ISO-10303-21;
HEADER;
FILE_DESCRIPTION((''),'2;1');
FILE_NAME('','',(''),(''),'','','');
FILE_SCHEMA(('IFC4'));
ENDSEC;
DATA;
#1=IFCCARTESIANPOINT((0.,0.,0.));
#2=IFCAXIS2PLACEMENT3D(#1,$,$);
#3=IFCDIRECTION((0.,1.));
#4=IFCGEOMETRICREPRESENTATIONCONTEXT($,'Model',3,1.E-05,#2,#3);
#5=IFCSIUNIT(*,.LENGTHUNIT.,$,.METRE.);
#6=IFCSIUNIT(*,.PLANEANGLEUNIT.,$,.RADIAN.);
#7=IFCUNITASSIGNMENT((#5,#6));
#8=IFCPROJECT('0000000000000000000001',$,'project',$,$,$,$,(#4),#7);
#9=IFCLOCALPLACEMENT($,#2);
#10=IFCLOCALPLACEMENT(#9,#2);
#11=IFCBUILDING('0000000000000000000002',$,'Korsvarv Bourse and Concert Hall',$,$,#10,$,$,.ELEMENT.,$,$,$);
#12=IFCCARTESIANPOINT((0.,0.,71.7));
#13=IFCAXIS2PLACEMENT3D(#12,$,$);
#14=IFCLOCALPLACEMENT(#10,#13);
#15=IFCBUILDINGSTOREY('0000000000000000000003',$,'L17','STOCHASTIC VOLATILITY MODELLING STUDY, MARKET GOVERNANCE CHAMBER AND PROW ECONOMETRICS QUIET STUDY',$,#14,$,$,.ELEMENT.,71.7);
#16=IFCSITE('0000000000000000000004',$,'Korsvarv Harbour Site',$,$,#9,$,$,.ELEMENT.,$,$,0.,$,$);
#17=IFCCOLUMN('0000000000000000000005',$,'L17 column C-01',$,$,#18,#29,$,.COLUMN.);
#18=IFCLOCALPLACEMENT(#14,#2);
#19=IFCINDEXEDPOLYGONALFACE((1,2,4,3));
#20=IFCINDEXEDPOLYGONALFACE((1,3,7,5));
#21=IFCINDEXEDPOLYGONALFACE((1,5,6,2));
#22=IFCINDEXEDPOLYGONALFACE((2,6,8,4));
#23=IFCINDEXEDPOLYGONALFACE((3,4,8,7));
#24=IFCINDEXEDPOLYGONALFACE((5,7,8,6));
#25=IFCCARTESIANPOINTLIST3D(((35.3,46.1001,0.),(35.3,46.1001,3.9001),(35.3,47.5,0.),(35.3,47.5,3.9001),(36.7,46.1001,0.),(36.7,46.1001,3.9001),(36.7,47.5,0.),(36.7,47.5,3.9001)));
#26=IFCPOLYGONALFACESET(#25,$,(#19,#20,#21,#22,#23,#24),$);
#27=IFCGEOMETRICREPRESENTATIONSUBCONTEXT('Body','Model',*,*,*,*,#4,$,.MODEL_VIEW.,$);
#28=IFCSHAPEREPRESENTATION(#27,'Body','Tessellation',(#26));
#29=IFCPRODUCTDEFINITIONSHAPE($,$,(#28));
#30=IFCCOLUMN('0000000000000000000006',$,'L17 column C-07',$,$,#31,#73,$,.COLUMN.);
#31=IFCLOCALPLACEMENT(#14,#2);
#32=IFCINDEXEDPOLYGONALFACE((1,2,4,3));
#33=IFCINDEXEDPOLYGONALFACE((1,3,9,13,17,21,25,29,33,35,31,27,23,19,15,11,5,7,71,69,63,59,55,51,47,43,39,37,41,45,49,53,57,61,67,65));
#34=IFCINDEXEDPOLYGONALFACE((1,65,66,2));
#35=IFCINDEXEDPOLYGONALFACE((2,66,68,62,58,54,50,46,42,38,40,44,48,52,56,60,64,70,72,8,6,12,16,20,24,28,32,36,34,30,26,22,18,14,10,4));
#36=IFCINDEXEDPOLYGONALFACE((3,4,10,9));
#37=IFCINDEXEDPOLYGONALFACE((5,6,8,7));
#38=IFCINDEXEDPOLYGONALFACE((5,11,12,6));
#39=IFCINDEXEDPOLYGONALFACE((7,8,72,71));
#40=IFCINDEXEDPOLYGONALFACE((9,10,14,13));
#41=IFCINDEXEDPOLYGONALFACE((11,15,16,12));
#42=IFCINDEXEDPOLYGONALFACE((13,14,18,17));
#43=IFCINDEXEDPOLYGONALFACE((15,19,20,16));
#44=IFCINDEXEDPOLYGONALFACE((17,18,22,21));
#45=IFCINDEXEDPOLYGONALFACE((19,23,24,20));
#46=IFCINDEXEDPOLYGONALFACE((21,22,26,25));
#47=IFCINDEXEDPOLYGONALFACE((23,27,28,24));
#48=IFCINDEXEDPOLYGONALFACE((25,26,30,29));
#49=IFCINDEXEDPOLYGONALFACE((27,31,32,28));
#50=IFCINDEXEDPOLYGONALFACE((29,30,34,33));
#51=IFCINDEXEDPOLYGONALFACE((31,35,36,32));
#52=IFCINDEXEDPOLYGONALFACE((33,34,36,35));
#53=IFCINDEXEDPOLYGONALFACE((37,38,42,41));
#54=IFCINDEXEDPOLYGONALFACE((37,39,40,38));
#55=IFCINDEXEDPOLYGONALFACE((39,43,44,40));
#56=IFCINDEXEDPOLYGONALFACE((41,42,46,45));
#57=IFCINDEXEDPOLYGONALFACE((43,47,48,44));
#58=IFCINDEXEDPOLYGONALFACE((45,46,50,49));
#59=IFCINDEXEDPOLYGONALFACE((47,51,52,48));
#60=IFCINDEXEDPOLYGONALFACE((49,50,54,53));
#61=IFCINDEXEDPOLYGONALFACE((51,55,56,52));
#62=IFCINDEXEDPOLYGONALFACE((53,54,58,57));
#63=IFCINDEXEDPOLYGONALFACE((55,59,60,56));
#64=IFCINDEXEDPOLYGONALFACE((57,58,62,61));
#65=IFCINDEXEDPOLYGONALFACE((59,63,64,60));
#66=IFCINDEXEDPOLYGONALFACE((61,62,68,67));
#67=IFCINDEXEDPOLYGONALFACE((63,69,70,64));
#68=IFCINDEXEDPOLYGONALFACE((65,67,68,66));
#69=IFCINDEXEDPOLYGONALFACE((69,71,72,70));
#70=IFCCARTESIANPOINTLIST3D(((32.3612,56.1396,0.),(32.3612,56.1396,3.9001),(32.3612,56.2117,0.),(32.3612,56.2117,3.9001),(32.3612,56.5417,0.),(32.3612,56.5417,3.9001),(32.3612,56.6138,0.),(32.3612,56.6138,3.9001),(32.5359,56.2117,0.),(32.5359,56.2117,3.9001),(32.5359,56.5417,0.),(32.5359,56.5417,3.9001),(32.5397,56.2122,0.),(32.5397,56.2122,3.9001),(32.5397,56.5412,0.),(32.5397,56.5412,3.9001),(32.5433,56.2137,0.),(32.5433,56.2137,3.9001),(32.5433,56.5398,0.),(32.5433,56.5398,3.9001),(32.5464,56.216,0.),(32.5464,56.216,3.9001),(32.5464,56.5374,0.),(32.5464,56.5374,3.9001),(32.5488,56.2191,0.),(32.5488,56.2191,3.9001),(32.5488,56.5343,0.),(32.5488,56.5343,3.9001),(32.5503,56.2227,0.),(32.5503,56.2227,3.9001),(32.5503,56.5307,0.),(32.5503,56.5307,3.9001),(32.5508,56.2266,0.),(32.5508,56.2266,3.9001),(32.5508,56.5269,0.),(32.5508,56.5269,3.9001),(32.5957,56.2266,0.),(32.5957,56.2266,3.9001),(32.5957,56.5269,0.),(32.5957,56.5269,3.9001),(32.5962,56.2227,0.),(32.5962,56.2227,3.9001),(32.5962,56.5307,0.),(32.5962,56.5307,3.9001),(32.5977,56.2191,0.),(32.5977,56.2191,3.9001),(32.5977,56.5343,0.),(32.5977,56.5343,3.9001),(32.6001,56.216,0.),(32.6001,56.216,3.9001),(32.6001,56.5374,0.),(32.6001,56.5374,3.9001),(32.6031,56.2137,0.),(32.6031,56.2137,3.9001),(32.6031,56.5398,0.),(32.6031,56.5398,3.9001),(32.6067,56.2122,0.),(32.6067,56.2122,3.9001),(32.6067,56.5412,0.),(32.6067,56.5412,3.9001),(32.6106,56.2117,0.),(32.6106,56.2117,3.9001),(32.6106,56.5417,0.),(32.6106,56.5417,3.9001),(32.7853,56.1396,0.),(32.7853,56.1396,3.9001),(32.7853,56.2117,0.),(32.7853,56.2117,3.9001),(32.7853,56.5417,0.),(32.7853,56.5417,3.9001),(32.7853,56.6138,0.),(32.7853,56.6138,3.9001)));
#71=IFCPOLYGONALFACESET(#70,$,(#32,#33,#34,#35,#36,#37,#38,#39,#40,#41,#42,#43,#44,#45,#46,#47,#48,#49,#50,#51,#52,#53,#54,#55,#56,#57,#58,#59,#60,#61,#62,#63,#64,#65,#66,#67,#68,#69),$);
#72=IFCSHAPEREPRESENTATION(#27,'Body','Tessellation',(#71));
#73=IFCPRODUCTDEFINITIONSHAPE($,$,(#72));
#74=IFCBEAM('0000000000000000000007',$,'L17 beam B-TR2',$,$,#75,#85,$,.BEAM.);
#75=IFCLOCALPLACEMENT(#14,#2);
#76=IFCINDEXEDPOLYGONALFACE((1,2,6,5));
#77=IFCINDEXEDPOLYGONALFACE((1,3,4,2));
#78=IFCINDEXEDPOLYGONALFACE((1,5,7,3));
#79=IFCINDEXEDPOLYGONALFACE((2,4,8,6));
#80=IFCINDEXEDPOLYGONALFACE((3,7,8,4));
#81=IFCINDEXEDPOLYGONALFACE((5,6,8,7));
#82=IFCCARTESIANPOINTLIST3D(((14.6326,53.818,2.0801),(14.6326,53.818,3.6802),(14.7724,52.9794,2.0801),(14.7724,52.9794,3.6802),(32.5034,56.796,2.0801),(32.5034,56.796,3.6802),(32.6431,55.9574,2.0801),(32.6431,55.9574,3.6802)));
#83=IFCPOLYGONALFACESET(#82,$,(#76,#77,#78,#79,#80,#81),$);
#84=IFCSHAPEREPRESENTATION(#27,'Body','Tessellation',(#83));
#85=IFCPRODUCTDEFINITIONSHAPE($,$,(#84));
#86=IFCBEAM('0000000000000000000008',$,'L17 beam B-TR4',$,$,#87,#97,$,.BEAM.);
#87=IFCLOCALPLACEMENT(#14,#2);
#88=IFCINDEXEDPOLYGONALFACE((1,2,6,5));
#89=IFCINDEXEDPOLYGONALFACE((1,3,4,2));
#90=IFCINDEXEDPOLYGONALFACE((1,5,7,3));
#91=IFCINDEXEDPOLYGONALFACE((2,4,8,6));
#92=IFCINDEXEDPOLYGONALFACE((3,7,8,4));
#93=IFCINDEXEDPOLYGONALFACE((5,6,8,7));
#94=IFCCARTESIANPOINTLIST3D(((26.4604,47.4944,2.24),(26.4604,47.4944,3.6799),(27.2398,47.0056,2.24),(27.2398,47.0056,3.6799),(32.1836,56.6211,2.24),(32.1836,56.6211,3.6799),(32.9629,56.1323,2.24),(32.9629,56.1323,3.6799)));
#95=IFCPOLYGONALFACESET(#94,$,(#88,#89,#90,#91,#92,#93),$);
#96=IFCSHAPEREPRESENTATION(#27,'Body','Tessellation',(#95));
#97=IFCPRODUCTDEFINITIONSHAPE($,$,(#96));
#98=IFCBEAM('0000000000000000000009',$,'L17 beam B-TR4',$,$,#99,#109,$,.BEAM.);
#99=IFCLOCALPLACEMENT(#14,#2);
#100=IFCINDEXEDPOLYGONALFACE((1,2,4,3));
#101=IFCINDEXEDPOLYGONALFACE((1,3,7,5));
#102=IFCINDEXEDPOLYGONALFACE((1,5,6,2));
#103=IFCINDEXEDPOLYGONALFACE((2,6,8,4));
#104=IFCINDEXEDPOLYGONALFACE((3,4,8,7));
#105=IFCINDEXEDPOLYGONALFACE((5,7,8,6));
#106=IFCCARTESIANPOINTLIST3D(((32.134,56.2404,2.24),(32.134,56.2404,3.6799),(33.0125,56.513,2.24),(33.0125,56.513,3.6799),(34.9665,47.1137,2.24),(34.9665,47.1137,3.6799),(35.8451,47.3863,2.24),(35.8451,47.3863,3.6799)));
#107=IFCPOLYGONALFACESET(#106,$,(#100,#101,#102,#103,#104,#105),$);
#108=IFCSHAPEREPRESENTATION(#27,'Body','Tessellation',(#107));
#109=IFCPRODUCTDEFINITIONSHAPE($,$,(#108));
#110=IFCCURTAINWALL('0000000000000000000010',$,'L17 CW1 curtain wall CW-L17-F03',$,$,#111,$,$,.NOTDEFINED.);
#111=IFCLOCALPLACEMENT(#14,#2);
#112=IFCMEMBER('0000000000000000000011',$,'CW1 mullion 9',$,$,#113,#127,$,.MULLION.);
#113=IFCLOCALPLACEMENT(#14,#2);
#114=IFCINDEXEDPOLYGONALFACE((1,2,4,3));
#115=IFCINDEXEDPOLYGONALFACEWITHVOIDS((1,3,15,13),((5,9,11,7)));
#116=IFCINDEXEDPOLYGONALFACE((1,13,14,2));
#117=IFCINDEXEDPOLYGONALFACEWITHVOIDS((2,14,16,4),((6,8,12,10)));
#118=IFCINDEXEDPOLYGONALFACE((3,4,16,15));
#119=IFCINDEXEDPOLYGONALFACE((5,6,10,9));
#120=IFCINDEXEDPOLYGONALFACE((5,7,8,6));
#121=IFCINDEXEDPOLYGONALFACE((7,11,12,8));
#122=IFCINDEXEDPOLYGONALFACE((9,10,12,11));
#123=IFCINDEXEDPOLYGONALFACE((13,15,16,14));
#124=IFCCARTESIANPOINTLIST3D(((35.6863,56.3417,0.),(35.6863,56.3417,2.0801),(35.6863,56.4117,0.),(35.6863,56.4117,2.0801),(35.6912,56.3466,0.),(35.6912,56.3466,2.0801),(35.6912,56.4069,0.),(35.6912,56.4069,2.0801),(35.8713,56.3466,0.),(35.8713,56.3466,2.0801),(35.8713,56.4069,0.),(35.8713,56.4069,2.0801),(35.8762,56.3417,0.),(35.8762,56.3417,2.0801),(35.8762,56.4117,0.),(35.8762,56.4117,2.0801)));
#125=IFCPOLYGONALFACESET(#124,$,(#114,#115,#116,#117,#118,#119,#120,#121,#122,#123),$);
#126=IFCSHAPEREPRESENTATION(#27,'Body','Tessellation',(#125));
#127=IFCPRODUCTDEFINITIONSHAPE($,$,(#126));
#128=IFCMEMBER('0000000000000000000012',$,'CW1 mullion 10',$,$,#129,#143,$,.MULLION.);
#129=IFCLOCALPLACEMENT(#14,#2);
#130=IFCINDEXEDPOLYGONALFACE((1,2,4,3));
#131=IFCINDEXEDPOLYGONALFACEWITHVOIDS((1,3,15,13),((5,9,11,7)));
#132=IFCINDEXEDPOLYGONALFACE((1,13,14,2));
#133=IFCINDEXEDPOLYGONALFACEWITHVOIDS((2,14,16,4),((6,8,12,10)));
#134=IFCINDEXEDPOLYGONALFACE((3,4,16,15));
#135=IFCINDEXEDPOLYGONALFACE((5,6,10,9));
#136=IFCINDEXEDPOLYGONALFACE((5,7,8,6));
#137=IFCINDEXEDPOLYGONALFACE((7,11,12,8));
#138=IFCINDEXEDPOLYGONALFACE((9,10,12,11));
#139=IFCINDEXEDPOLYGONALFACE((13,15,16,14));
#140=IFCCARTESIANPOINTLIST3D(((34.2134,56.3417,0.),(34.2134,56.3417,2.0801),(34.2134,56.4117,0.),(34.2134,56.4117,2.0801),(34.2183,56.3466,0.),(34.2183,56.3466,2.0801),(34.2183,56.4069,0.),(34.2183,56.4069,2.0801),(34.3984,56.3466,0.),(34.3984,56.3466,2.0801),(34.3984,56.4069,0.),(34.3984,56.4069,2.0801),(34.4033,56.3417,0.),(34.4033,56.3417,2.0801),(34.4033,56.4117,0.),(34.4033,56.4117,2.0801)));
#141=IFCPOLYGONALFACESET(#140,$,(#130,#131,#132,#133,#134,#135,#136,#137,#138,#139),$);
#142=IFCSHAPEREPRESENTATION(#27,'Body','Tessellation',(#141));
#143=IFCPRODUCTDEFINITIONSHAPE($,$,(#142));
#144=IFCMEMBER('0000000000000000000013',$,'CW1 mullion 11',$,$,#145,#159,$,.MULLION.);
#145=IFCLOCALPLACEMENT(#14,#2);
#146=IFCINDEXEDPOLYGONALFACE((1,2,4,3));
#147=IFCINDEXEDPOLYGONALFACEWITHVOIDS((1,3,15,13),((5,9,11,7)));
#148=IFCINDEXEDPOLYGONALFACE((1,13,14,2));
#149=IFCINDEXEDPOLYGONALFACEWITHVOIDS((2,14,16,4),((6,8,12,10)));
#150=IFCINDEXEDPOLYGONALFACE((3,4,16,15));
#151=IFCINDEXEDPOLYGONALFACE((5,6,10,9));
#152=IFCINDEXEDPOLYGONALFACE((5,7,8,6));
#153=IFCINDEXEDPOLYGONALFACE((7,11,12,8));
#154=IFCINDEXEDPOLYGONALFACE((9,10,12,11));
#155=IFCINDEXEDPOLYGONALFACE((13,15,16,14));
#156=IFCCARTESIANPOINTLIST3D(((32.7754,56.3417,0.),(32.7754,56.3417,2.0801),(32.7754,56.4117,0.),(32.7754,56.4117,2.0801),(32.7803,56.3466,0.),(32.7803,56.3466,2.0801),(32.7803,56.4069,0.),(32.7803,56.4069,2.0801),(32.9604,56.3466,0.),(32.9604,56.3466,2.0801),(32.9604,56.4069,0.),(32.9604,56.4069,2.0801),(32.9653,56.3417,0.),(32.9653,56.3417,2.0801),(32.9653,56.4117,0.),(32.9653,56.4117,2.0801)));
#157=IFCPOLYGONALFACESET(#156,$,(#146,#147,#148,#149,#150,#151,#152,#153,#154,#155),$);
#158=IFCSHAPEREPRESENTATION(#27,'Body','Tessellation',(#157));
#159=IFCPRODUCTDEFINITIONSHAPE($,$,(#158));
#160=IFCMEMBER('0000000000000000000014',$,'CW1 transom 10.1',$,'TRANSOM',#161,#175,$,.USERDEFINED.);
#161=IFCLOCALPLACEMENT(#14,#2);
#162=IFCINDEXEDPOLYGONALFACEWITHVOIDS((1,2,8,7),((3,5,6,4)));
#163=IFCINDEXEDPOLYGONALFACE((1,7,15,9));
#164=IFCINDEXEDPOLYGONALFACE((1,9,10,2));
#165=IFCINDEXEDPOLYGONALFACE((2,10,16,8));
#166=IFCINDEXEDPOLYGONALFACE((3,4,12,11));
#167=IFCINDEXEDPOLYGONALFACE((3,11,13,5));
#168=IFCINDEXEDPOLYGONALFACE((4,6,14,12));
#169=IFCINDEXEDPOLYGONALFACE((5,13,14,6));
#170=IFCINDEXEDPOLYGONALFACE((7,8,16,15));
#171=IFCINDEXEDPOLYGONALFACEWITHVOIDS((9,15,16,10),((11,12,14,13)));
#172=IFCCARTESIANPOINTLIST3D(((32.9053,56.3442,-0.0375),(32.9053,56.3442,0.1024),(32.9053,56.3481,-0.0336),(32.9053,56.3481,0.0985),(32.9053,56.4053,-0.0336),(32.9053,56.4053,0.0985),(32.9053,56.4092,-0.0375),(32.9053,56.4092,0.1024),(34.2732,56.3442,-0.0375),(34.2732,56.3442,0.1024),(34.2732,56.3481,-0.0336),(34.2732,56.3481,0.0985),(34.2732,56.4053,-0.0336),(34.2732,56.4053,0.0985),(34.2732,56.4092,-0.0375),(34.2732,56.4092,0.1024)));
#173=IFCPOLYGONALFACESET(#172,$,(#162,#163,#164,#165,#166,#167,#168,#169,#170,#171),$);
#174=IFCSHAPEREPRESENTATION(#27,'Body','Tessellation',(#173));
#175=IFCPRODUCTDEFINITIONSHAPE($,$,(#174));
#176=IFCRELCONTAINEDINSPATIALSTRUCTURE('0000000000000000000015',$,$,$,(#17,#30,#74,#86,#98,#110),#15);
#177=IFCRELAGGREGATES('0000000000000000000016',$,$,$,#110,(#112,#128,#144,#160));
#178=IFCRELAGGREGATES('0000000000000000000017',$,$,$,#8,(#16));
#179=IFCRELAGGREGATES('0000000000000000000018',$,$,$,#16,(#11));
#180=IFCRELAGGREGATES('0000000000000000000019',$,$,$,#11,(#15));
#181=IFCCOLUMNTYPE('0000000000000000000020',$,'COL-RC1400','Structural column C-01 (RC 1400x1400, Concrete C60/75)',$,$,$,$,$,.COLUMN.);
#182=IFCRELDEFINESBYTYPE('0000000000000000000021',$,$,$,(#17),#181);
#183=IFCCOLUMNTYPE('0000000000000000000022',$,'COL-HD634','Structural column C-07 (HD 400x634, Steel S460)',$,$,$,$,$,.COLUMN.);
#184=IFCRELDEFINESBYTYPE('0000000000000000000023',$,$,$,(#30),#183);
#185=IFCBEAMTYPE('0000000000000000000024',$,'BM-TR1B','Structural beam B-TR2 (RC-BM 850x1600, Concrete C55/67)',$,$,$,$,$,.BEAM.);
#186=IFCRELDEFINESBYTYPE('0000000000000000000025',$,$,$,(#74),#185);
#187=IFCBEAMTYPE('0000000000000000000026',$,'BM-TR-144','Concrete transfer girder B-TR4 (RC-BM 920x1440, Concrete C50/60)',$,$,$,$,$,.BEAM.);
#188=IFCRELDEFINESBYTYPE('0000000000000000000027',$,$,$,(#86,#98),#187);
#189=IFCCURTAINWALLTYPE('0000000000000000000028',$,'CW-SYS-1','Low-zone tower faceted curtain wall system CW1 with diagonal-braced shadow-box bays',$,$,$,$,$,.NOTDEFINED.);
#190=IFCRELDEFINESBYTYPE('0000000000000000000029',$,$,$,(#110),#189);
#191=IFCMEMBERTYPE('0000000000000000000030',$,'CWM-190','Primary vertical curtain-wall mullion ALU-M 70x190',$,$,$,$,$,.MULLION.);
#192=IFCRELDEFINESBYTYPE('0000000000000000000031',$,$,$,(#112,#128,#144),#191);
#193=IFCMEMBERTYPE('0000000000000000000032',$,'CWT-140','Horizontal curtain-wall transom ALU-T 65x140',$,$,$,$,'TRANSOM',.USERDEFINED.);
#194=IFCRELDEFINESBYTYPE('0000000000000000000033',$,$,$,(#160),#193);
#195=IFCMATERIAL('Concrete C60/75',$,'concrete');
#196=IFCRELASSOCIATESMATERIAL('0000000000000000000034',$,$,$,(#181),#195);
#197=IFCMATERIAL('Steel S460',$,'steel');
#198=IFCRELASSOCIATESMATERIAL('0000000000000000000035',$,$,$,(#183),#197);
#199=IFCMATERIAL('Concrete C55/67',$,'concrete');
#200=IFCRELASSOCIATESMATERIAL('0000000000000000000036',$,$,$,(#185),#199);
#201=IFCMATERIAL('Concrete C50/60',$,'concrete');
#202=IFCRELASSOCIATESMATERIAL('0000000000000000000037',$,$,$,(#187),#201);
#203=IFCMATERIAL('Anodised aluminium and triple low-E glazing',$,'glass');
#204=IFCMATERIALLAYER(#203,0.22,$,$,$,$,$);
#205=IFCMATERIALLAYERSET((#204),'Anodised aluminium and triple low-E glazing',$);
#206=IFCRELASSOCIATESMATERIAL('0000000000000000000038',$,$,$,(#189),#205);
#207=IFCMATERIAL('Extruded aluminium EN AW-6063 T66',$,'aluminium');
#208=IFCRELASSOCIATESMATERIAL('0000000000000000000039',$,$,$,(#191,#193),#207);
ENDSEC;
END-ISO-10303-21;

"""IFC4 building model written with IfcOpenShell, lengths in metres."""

from ifc_helpers import new_model, si_unit, direction, frame, origin, origin_2d, place, context, subcontext, project, spatial, rectangle, hollow_rectangle, i_section, extrude, source, transform, mapped, material, layer, layer_set, material_profile, profile_set, type_object, element, aggregate, save


model = new_model("IFC4")

# Units and contexts
model_context = context("Model", 3, precision=1e-05, world=origin(), true_north=direction((0.0, 1.0)))
body_context = subcontext(model_context, "Body", "Model", "MODEL_VIEW")
ifc_project = project(units=[si_unit("LENGTHUNIT", "METRE"), si_unit("PLANEANGLEUNIT", "RADIAN")], contexts=[model_context])

# Site, building, storey
site_placement = place(None, origin())
site = spatial("IfcSite", under=ifc_project, at=site_placement, Name="Korsvarv Harbour Site", CompositionType="ELEMENT", RefElevation=0.0)
building_placement = place(site_placement, origin())
building = spatial("IfcBuilding", under=site, at=building_placement, Name="Korsvarv Bourse and Concert Hall", CompositionType="ELEMENT")
storey_placement = place(building_placement, frame((0.0, 0.0, 71.7)))
storey = spatial("IfcBuildingStorey", under=building, at=storey_placement, Name="L17", Description="STOCHASTIC VOLATILITY MODELLING STUDY, MARKET GOVERNANCE CHAMBER AND PROW ECONOMETRICS QUIET STUDY", CompositionType="ELEMENT", Elevation=71.7)

# Columns
ifc_material_1 = material(Name="Concrete C60/75", Category="concrete")
ifc_material_profile_1 = material_profile(ifc_material_1, rectangle(XDim=1.3999, YDim=1.3999, at=origin_2d()), Name="RC 1400x1400")
ifc_profile_set_1 = profile_set([ifc_material_profile_1], Name="Concrete C60/75")
column_type_1 = type_object("IfcColumnType", Name="COL-RC1400", Description="Structural column C-01 (RC 1400x1400, Concrete C60/75)", PredefinedType="COLUMN", material=ifc_profile_set_1)
shared_shape_1 = source(origin(), body_context, "Body", "SweptSolid", [
    extrude(rectangle(XDim=1.3999, YDim=1.3999, at=origin_2d()), origin(), (0.0, 0.0, 1.0), 3.9001),
])
column_1_placement = place(storey_placement, frame((36.0, 46.8, 0.0), z_axis=(0.0, 0.0, 1.0), x_axis=(1.0, 0.0, 0.0)))
element("IfcColumn", 1, at=column_1_placement, inside=storey, type_object=column_type_1, Name="L17 column C-01", PredefinedType="COLUMN", context=body_context, shape_type="MappedRepresentation", body=[
    mapped(shared_shape_1, transform((0.0, 0.0, 0.0), scale=1.0)),
])
ifc_material_2 = material(Name="Steel S460", Category="steel")
ifc_material_profile_2 = material_profile(ifc_material_2, i_section(OverallWidth=0.4241, OverallDepth=0.4741, WebThickness=0.0449, FlangeThickness=0.072, FilletRadius=0.0149, at=origin_2d()), Name="HD 400x634")
ifc_profile_set_2 = profile_set([ifc_material_profile_2], Name="Steel S460")
column_type_2 = type_object("IfcColumnType", Name="COL-HD634", Description="Structural column C-07 (HD 400x634, Steel S460)", PredefinedType="COLUMN", material=ifc_profile_set_2)
shared_shape_2 = source(origin(), body_context, "Body", "SweptSolid", [
    extrude(i_section(OverallWidth=0.4241, OverallDepth=0.4741, WebThickness=0.0449, FlangeThickness=0.072, FilletRadius=0.0149, at=origin_2d()), origin(), (0.0, 0.0, 1.0), 3.9001),
])
column_2_placement = place(storey_placement, frame((32.5732, 56.3767, 0.0), z_axis=(0.0, 0.0, 1.0), x_axis=(1.0, 0.0, 0.0)))
element("IfcColumn", 2, at=column_2_placement, inside=storey, type_object=column_type_2, Name="L17 column C-07", PredefinedType="COLUMN", context=body_context, shape_type="MappedRepresentation", body=[
    mapped(shared_shape_2, transform((0.0, 0.0, 0.0), scale=1.0)),
])

# Beams
ifc_material_3 = material(Name="Concrete C55/67", Category="concrete")
ifc_material_profile_3 = material_profile(ifc_material_3, rectangle(XDim=0.8501, YDim=1.6001, at=origin_2d()), Name="RC-BM 850x1600")
ifc_profile_set_3 = profile_set([ifc_material_profile_3], Name="Concrete C55/67")
beam_type_1 = type_object("IfcBeamType", Name="BM-TR1B", Description="Structural beam B-TR2 (RC-BM 850x1600, Concrete C55/67)", PredefinedType="BEAM", material=ifc_profile_set_3)
shared_shape_3 = source(origin(), body_context, "Body", "SweptSolid", [
    extrude(rectangle(XDim=0.8501, YDim=1.6001, at=origin_2d()), origin(), (0.0, 0.0, 1.0), 18.1172),
])
beam_1_placement = place(storey_placement, frame((32.5732, 56.3767, 2.8801), z_axis=(-0.986398, -0.164375, 0.0), x_axis=(0.164375, -0.986398, 0.0)))
element("IfcBeam", 3, at=beam_1_placement, inside=storey, type_object=beam_type_1, Name="L17 beam B-TR2", PredefinedType="BEAM", context=body_context, shape_type="MappedRepresentation", body=[
    mapped(shared_shape_3, transform((0.0, 0.0, 0.0), scale=1.0)),
])
ifc_material_4 = material(Name="Concrete C50/60", Category="concrete")
ifc_material_profile_4 = material_profile(ifc_material_4, rectangle(XDim=0.9199, YDim=1.4399, at=origin_2d()), Name="RC-BM 920x1440")
ifc_profile_set_4 = profile_set([ifc_material_profile_4], Name="Concrete C50/60")
beam_type_2 = type_object("IfcBeamType", Name="BM-TR-144", Description="Concrete transfer girder B-TR4 (RC-BM 920x1440, Concrete C50/60)", PredefinedType="BEAM", material=ifc_profile_set_4)
shared_shape_4 = source(origin(), body_context, "Body", "SweptSolid", [
    extrude(rectangle(XDim=0.9199, YDim=1.4399, at=origin_2d()), origin(), (0.0, 0.0, 1.0), 10.7727),
])
beam_2_placement = place(storey_placement, frame((32.5732, 56.3767, 2.96), z_axis=(-0.531263, -0.847207, 0.0), x_axis=(0.847207, -0.531263, 0.0)))
element("IfcBeam", 4, at=beam_2_placement, inside=storey, type_object=beam_type_2, Name="L17 beam B-TR4", PredefinedType="BEAM", context=body_context, shape_type="MappedRepresentation", body=[
    mapped(shared_shape_4, transform((0.0, 0.0, 0.0), scale=1.0)),
])
shared_shape_5 = source(origin(), body_context, "Body", "SweptSolid", [
    extrude(rectangle(XDim=0.9199, YDim=1.4399, at=origin_2d()), origin(), (0.0, 0.0, 1.0), 9.5562),
])
beam_3_placement = place(storey_placement, frame((32.5732, 56.3767, 2.96), z_axis=(0.296408, -0.955061, 0.0), x_axis=(0.955061, 0.296408, 0.0)))
element("IfcBeam", 5, at=beam_3_placement, inside=storey, type_object=beam_type_2, Name="L17 beam B-TR4", PredefinedType="BEAM", context=body_context, shape_type="MappedRepresentation", body=[
    mapped(shared_shape_5, transform((0.0, 0.0, 0.0), scale=1.0)),
])

# Curtain wall, members
ifc_material_5 = material(Name="Anodised aluminium and triple low-E glazing", Category="glass")
ifc_layer_1 = layer(ifc_material_5, 0.22)
ifc_layer_set_1 = layer_set([ifc_layer_1], Name="Anodised aluminium and triple low-E glazing")
curtain_wall_type = type_object("IfcCurtainWallType", Name="CW-SYS-1", Description="Low-zone tower faceted curtain wall system CW1 with diagonal-braced shadow-box bays", PredefinedType="NOTDEFINED", material=ifc_layer_set_1)
curtain_wall_placement = place(storey_placement, origin())
curtain_wall = element("IfcCurtainWall", 6, at=curtain_wall_placement, inside=storey, type_object=curtain_wall_type, Name="L17 CW1 curtain wall CW-L17-F03", PredefinedType="NOTDEFINED")
ifc_material_6 = material(Name="Extruded aluminium EN AW-6063 T66", Category="aluminium")
ifc_material_profile_5 = material_profile(ifc_material_6, hollow_rectangle(XDim=0.0701, YDim=0.1899, WallThickness=0.0049, at=origin_2d()), Name="ALU-M 70x190")
ifc_profile_set_5 = profile_set([ifc_material_profile_5], Name="Extruded aluminium EN AW-6063 T66")
member_type_1 = type_object("IfcMemberType", Name="CWM-190", Description="Primary vertical curtain-wall mullion ALU-M 70x190", PredefinedType="MULLION", material=ifc_profile_set_5)
shared_shape_6 = source(origin(), body_context, "Body", "SweptSolid", [
    extrude(hollow_rectangle(XDim=0.0701, YDim=0.1899, WallThickness=0.0049, at=origin_2d()), origin(), (0.0, 0.0, 1.0), 2.0801),
])
member_1_placement = place(storey_placement, frame((35.7812, 56.3767, 0.0), z_axis=(0.0, 0.0, 1.0), x_axis=(0.0, -1.0, 0.0)))
member_1 = element("IfcMember", 7, at=member_1_placement, type_object=member_type_1, Name="CW1 mullion 9", PredefinedType="MULLION", context=body_context, shape_type="MappedRepresentation", body=[
    mapped(shared_shape_6, transform((0.0, 0.0, 0.0), scale=1.0)),
])
member_2_placement = place(storey_placement, frame((34.3083, 56.3767, 0.0), z_axis=(0.0, 0.0, 1.0), x_axis=(0.0, -1.0, 0.0)))
member_2 = element("IfcMember", 8, at=member_2_placement, type_object=member_type_1, Name="CW1 mullion 10", PredefinedType="MULLION", context=body_context, shape_type="MappedRepresentation", body=[
    mapped(shared_shape_6, transform((0.0, 0.0, 0.0), scale=1.0)),
])
member_3_placement = place(storey_placement, frame((32.8704, 56.3767, 0.0), z_axis=(0.0, 0.0, 1.0), x_axis=(0.0, -1.0, 0.0)))
member_3 = element("IfcMember", 9, at=member_3_placement, type_object=member_type_1, Name="CW1 mullion 11", PredefinedType="MULLION", context=body_context, shape_type="MappedRepresentation", body=[
    mapped(shared_shape_6, transform((0.0, 0.0, 0.0), scale=1.0)),
])
ifc_material_profile_6 = material_profile(ifc_material_6, hollow_rectangle(XDim=0.0649, YDim=0.1399, WallThickness=0.0039, at=origin_2d()), Name="ALU-T 65x140")
ifc_profile_set_6 = profile_set([ifc_material_profile_6], Name="Extruded aluminium EN AW-6063 T66")
member_type_2 = type_object("IfcMemberType", Name="CWT-140", Description="Horizontal curtain-wall transom ALU-T 65x140", ElementType="TRANSOM", PredefinedType="USERDEFINED", material=ifc_profile_set_6)
shared_shape_7 = source(origin(), body_context, "Body", "SweptSolid", [
    extrude(hollow_rectangle(XDim=0.0649, YDim=0.1399, WallThickness=0.0039, at=origin_2d()), origin(), (0.0, 0.0, 1.0), 1.3679),
])
member_4_placement = place(storey_placement, frame((34.2732, 56.3767, 0.0325), z_axis=(-1.0, 0.0, 0.0), x_axis=(0.0, -1.0, 0.0)))
member_4 = element("IfcMember", 10, at=member_4_placement, type_object=member_type_2, Name="CW1 transom 10.1", ObjectType="TRANSOM", PredefinedType="USERDEFINED", context=body_context, shape_type="MappedRepresentation", body=[
    mapped(shared_shape_7, transform((0.0, 0.0, 0.0), scale=1.0)),
])
aggregate(curtain_wall, [member_1, member_2, member_3, member_4])

save(model, "model.ifc")
